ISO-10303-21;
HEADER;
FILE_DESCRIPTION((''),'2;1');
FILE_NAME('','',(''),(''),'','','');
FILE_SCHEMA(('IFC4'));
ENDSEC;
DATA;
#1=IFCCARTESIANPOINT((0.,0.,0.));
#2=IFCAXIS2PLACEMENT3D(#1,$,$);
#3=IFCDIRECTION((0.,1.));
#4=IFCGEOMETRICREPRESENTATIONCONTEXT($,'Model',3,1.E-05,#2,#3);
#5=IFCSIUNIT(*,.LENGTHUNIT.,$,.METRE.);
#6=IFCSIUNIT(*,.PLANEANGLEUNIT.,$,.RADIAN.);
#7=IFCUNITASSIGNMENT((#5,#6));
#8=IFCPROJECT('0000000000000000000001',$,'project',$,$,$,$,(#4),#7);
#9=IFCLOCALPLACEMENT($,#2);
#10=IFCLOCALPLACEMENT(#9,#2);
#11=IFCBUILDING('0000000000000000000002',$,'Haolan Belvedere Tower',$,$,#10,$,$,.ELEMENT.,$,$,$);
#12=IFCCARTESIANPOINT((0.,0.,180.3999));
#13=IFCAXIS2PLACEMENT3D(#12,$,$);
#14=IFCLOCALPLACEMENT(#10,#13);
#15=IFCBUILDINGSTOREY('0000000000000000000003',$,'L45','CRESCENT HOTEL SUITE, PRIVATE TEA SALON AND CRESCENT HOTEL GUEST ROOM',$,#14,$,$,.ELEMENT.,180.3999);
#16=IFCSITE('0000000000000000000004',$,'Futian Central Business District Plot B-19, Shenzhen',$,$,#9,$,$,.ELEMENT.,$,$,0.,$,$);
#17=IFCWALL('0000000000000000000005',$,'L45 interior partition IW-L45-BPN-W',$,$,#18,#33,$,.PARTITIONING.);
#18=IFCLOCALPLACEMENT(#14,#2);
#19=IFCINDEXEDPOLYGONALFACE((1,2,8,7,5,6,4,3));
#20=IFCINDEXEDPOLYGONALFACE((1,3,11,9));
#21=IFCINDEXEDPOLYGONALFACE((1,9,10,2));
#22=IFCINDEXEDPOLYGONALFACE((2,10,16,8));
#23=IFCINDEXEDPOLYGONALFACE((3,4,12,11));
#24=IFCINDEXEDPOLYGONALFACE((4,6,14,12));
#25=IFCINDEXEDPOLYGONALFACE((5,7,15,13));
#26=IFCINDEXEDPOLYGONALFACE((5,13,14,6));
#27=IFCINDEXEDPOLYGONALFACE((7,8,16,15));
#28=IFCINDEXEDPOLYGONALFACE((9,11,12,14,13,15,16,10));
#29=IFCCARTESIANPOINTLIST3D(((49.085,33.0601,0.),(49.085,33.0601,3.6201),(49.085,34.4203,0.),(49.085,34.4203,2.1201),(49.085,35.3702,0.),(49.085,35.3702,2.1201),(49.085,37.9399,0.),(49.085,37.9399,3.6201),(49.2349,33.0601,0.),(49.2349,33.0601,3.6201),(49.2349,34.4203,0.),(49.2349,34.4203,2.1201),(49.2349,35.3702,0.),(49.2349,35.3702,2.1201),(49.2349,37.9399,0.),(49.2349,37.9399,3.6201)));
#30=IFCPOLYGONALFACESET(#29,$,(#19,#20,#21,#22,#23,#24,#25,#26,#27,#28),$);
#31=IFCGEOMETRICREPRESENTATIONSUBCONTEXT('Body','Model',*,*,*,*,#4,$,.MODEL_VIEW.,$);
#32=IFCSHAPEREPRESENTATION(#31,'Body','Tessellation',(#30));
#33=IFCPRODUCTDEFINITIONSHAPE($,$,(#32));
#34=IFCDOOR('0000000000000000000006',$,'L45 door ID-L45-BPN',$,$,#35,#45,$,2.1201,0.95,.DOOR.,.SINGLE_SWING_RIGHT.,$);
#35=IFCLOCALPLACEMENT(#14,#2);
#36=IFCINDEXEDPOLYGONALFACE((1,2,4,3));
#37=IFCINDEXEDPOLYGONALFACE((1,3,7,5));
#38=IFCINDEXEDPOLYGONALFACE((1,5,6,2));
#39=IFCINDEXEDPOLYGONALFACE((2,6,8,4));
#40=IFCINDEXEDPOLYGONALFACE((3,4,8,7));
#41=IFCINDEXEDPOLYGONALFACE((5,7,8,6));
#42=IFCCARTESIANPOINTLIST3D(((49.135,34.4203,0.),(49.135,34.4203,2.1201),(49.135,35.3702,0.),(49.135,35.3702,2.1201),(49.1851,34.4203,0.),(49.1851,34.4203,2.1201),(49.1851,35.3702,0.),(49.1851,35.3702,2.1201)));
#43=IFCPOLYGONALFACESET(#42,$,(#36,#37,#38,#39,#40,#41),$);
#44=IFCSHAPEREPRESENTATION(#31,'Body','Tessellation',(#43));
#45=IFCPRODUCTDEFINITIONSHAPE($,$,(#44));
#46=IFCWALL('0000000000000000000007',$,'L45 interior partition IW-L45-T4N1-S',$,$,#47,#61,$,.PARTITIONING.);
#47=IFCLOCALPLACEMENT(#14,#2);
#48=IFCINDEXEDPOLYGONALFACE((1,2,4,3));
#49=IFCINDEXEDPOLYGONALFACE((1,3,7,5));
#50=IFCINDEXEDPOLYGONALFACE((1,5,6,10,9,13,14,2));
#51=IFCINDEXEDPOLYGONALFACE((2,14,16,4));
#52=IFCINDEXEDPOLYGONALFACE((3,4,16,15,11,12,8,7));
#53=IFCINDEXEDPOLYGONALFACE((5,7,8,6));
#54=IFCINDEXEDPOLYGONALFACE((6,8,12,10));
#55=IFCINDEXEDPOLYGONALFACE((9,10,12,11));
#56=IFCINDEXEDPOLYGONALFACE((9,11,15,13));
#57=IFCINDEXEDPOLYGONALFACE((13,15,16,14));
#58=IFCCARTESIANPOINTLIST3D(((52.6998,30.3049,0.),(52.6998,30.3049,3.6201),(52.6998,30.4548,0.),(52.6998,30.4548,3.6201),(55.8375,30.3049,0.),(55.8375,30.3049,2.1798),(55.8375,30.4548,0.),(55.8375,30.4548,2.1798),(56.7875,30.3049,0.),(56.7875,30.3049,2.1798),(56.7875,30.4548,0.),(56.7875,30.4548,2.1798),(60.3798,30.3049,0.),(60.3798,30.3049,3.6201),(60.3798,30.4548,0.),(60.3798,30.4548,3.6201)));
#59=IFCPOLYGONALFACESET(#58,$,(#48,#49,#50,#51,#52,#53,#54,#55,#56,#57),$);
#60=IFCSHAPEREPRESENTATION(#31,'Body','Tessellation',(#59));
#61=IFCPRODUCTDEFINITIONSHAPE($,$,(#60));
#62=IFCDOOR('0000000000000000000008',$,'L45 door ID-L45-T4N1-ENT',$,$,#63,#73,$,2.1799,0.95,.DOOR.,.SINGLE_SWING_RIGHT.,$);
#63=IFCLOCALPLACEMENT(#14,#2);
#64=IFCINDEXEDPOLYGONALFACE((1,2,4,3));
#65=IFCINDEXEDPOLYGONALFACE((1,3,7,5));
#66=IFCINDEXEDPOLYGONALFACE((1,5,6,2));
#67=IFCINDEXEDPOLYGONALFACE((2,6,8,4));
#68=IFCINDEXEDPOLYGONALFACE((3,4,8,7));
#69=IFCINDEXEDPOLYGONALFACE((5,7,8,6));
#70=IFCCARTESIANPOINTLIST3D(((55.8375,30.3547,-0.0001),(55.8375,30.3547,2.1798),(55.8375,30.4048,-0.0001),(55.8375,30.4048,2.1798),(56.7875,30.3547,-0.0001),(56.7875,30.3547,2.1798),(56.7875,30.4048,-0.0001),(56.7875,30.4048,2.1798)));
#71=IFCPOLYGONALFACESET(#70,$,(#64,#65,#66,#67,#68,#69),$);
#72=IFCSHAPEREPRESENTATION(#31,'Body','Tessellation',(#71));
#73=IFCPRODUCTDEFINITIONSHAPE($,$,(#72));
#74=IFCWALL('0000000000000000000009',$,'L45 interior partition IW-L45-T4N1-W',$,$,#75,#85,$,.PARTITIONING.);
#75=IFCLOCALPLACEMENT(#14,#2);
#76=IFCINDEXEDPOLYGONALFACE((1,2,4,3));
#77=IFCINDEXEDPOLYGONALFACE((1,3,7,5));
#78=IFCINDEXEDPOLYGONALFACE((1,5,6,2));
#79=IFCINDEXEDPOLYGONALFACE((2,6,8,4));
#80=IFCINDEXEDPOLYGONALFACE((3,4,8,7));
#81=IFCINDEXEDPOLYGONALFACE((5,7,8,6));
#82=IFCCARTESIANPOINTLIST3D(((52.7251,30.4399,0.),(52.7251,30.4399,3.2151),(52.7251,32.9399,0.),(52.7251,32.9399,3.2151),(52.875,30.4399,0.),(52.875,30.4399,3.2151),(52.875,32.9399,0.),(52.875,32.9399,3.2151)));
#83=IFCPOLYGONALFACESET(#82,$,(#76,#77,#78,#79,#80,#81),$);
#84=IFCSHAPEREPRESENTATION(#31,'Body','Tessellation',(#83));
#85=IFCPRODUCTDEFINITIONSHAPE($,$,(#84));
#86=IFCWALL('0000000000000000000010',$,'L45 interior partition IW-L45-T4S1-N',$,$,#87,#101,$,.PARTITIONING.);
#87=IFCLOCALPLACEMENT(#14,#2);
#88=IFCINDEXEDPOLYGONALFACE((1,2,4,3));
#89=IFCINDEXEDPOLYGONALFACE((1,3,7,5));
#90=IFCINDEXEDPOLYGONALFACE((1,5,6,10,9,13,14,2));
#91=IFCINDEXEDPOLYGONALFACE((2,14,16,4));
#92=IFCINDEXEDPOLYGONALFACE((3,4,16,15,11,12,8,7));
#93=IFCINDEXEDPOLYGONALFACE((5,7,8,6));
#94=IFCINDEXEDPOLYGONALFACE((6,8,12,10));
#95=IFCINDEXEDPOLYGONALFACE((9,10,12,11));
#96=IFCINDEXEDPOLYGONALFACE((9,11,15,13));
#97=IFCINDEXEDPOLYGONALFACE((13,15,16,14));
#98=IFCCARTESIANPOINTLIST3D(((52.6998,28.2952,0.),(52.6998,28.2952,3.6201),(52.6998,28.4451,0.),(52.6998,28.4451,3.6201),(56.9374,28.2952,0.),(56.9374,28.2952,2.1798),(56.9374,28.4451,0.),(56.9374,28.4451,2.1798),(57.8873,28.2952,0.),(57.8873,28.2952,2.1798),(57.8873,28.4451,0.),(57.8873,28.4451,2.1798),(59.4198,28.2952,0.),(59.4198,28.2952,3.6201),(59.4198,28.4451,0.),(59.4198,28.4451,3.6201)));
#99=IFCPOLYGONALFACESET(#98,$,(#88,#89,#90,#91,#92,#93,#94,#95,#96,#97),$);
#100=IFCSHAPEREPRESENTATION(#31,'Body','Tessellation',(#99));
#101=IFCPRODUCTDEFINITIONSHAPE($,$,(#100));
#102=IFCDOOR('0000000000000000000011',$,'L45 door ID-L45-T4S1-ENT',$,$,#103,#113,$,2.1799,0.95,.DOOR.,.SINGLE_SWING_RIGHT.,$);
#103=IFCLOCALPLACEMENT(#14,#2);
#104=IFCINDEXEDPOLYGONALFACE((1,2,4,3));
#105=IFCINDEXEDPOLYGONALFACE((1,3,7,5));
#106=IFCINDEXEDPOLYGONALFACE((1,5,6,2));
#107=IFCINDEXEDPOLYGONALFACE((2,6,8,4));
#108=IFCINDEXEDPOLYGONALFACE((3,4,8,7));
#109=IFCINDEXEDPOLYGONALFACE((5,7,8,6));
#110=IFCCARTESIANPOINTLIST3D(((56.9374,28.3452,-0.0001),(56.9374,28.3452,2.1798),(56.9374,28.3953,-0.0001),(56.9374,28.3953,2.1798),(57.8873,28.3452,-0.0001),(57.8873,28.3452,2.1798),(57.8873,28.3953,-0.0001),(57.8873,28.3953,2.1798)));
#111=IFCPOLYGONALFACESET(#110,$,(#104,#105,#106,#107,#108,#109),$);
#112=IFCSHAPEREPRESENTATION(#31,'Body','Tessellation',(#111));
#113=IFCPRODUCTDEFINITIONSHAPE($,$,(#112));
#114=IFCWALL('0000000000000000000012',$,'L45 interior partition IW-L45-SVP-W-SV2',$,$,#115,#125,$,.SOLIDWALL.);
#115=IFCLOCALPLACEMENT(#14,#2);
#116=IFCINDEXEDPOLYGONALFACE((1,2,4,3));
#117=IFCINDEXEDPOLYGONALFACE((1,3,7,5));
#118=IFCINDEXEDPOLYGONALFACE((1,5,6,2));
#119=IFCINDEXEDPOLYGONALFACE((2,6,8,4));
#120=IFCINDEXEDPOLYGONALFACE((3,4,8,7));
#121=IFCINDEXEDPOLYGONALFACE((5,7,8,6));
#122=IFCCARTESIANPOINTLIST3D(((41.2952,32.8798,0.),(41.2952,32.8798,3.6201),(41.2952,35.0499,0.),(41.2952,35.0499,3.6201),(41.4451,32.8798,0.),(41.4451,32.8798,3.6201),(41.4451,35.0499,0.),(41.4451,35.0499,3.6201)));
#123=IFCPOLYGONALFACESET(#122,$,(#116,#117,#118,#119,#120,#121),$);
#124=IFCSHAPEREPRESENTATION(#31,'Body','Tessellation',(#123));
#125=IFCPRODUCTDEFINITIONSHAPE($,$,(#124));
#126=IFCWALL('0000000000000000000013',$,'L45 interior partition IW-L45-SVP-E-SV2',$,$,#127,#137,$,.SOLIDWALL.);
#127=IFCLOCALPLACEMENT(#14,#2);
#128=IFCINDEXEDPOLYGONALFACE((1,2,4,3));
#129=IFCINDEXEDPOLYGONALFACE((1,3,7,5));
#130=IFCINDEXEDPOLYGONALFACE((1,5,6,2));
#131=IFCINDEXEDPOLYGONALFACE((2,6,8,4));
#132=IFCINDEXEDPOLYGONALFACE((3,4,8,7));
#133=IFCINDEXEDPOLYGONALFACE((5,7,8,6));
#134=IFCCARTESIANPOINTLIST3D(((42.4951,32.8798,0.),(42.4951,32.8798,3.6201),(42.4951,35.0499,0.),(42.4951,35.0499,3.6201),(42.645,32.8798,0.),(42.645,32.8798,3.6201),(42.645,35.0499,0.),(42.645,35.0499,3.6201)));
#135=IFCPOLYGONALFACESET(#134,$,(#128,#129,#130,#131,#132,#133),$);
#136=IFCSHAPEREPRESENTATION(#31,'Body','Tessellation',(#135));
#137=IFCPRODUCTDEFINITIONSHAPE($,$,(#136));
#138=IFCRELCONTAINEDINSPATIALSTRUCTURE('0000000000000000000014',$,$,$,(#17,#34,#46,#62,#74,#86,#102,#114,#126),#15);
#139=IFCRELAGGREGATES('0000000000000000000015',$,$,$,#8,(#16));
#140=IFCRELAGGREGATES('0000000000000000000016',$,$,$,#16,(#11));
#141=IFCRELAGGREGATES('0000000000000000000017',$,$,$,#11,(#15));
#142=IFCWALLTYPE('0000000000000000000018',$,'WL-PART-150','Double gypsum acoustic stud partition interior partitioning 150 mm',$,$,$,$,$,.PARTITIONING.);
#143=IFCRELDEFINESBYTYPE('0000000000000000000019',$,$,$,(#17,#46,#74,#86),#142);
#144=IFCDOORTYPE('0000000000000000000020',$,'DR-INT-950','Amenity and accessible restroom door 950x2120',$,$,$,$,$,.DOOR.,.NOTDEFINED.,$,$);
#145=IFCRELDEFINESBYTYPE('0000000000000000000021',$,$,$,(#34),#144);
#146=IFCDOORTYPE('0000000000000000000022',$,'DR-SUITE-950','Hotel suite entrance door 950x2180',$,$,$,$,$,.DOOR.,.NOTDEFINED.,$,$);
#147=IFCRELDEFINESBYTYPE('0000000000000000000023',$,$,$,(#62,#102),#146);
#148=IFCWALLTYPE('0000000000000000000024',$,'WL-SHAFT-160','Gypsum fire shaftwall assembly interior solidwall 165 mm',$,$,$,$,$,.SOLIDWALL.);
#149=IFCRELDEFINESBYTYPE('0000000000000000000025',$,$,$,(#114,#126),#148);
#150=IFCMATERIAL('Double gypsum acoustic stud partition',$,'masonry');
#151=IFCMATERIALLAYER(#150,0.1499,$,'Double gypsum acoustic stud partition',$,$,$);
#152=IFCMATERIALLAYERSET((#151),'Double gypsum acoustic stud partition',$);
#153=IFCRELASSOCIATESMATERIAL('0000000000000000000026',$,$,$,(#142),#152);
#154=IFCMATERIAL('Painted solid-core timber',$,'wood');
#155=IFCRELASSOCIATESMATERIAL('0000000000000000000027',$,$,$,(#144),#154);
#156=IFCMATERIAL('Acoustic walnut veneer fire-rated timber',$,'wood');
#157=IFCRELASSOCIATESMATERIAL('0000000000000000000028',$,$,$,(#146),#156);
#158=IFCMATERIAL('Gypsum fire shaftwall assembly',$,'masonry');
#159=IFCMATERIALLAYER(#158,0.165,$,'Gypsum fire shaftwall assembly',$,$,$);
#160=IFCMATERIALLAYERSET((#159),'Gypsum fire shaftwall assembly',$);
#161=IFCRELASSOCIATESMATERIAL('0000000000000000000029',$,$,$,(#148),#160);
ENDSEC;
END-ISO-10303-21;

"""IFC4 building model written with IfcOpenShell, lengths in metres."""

from ifc_helpers import new_model, si_unit, direction, frame, frame_2d, origin, place, context, subcontext, project, spatial, rectangle, extrude, material, layer, layer_set, type_object, element, fill, save


model = new_model("IFC4")

# Units and contexts
model_context = context("Model", 3, precision=1e-05, world=origin(), true_north=direction((0.0, 1.0)))
body_context = subcontext(model_context, "Body", "Model", "MODEL_VIEW")
ifc_project = project(units=[si_unit("LENGTHUNIT", "METRE"), si_unit("PLANEANGLEUNIT", "RADIAN")], contexts=[model_context])

# Site, building, storey
site_placement = place(None, origin())
site = spatial("IfcSite", under=ifc_project, at=site_placement, Name="Futian Central Business District Plot B-19, Shenzhen", CompositionType="ELEMENT", RefElevation=0.0)
building_placement = place(site_placement, origin())
building = spatial("IfcBuilding", under=site, at=building_placement, Name="Haolan Belvedere Tower", CompositionType="ELEMENT")
storey_placement = place(building_placement, frame((0.0, 0.0, 180.3999)))
storey = spatial("IfcBuildingStorey", under=building, at=storey_placement, Name="L45", Description="CRESCENT HOTEL SUITE, PRIVATE TEA SALON AND CRESCENT HOTEL GUEST ROOM", CompositionType="ELEMENT", Elevation=180.3999)

# Shared definitions
ifc_material_1 = material(Name="Double gypsum acoustic stud partition", Category="masonry")
ifc_layer_1 = layer(ifc_material_1, 0.1499, Name="Double gypsum acoustic stud partition")
ifc_layer_set_1 = layer_set([ifc_layer_1], Name="Double gypsum acoustic stud partition")
wall_type_1 = type_object("IfcWallType", Name="WL-PART-150", Description="Double gypsum acoustic stud partition interior partitioning 150 mm", PredefinedType="PARTITIONING", material=ifc_layer_set_1)

# Walls, openings, doors
wall_1_placement = place(storey_placement, frame((49.1599, 33.0601, 0.0), z_axis=(0.0, 0.0, 1.0), x_axis=(0.0, 1.0, 0.0)))
wall_1 = element("IfcWall", 1, at=wall_1_placement, inside=storey, type_object=wall_type_1, Name="L45 interior partition IW-L45-BPN-W", PredefinedType="PARTITIONING", context=body_context, shape_type="SweptSolid", body=[
    extrude(rectangle(XDim=4.8799, YDim=0.1499, at=frame_2d((2.4399, 0.0))), origin(), (0.0, 0.0, 1.0), 3.6201),
])
opening_1_placement = place(wall_1_placement, frame((1.3601, 0.0, 0.0)))
opening_1 = element("IfcOpeningElement", 2, at=opening_1_placement, cuts=wall_1, PredefinedType="OPENING", context=body_context, shape_type="SweptSolid", body=[
    extrude(rectangle(XDim=0.95, YDim=2.1201, at=frame_2d((0.4751, 1.0601))), frame((0.0, 0.085, 0.0), z_axis=(0.0, -1.0, 0.0), x_axis=(1.0, 0.0, 0.0)), (0.0, 0.0, 1.0), 0.1699),
])
ifc_material_2 = material(Name="Painted solid-core timber", Category="wood")
door_type_1 = type_object("IfcDoorType", Name="DR-INT-950", Description="Amenity and accessible restroom door 950x2120", OperationType="NOTDEFINED", PredefinedType="DOOR", material=ifc_material_2)
door_1_placement = place(opening_1_placement, origin())
door_1 = element("IfcDoor", 3, at=door_1_placement, inside=storey, type_object=door_type_1, Name="L45 door ID-L45-BPN", OperationType="SINGLE_SWING_RIGHT", OverallHeight=2.1201, OverallWidth=0.95, PredefinedType="DOOR", context=body_context, shape_type="SweptSolid", body=[
    extrude(rectangle(XDim=0.95, YDim=2.1201, at=frame_2d((0.4751, 1.0601))), frame((0.0, 0.0249, 0.0), z_axis=(0.0, -1.0, 0.0), x_axis=(1.0, 0.0, 0.0)), (0.0, 0.0, 1.0), 0.05),
])
fill(opening_1, door_1)
wall_2_placement = place(storey_placement, frame((52.7, 30.3799, 0.0), z_axis=(0.0, 0.0, 1.0), x_axis=(1.0, 0.0, 0.0)))
wall_2 = element("IfcWall", 4, at=wall_2_placement, inside=storey, type_object=wall_type_1, Name="L45 interior partition IW-L45-T4N1-S", PredefinedType="PARTITIONING", context=body_context, shape_type="SweptSolid", body=[
    extrude(rectangle(XDim=7.6799, YDim=0.1499, at=frame_2d((3.8398, 0.0))), origin(), (0.0, 0.0, 1.0), 3.6201),
])
opening_2_placement = place(wall_2_placement, frame((3.1375, 0.0, 0.0)))
opening_2 = element("IfcOpeningElement", 5, at=opening_2_placement, cuts=wall_2, PredefinedType="OPENING", context=body_context, shape_type="SweptSolid", body=[
    extrude(rectangle(XDim=0.95, YDim=2.1799, at=frame_2d((0.4751, 1.0898))), frame((0.0, 0.085, 0.0), z_axis=(0.0, -1.0, 0.0), x_axis=(1.0, 0.0, 0.0)), (0.0, 0.0, 1.0), 0.1699),
])
ifc_material_3 = material(Name="Acoustic walnut veneer fire-rated timber", Category="wood")
door_type_2 = type_object("IfcDoorType", Name="DR-SUITE-950", Description="Hotel suite entrance door 950x2180", OperationType="NOTDEFINED", PredefinedType="DOOR", material=ifc_material_3)
door_2_placement = place(opening_2_placement, origin())
door_2 = element("IfcDoor", 6, at=door_2_placement, inside=storey, type_object=door_type_2, Name="L45 door ID-L45-T4N1-ENT", OperationType="SINGLE_SWING_RIGHT", OverallHeight=2.1799, OverallWidth=0.95, PredefinedType="DOOR", context=body_context, shape_type="SweptSolid", body=[
    extrude(rectangle(XDim=0.95, YDim=2.1799, at=frame_2d((0.4751, 1.0898))), frame((0.0, 0.0249, 0.0), z_axis=(0.0, -1.0, 0.0), x_axis=(1.0, 0.0, 0.0)), (0.0, 0.0, 1.0), 0.05),
])
fill(opening_2, door_2)

# Wall
wall_3_placement = place(storey_placement, frame((52.8, 30.4399, 0.0), z_axis=(0.0, 0.0, 1.0), x_axis=(0.0, 1.0, 0.0)))
element("IfcWall", 7, at=wall_3_placement, inside=storey, type_object=wall_type_1, Name="L45 interior partition IW-L45-T4N1-W", PredefinedType="PARTITIONING", context=body_context, shape_type="SweptSolid", body=[
    extrude(rectangle(XDim=2.5, YDim=0.1499, at=frame_2d((1.25, 0.0))), origin(), (0.0, 0.0, 1.0), 3.2151),
])

# Wall, opening, door
wall_4_placement = place(storey_placement, frame((52.7, 28.3701, 0.0), z_axis=(0.0, 0.0, 1.0), x_axis=(1.0, 0.0, 0.0)))
wall_4 = element("IfcWall", 8, at=wall_4_placement, inside=storey, type_object=wall_type_1, Name="L45 interior partition IW-L45-T4S1-N", PredefinedType="PARTITIONING", context=body_context, shape_type="SweptSolid", body=[
    extrude(rectangle(XDim=6.72, YDim=0.1499, at=frame_2d((3.3599, 0.0))), origin(), (0.0, 0.0, 1.0), 3.6201),
])
opening_3_placement = place(wall_4_placement, frame((5.1875, 0.0, 0.0), z_axis=(0.0, 0.0, 1.0), x_axis=(-1.0, 0.0, 0.0)))
opening_3 = element("IfcOpeningElement", 9, at=opening_3_placement, cuts=wall_4, PredefinedType="OPENING", context=body_context, shape_type="SweptSolid", body=[
    extrude(rectangle(XDim=0.95, YDim=2.1799, at=frame_2d((0.4751, 1.0898))), frame((0.0, 0.085, 0.0), z_axis=(0.0, -1.0, 0.0), x_axis=(1.0, 0.0, 0.0)), (0.0, 0.0, 1.0), 0.1699),
])
door_3_placement = place(opening_3_placement, origin())
door_3 = element("IfcDoor", 10, at=door_3_placement, inside=storey, type_object=door_type_2, Name="L45 door ID-L45-T4S1-ENT", OperationType="SINGLE_SWING_RIGHT", OverallHeight=2.1799, OverallWidth=0.95, PredefinedType="DOOR", context=body_context, shape_type="SweptSolid", body=[
    extrude(rectangle(XDim=0.95, YDim=2.1799, at=frame_2d((0.4751, 1.0898))), frame((0.0, 0.0249, 0.0), z_axis=(0.0, -1.0, 0.0), x_axis=(1.0, 0.0, 0.0)), (0.0, 0.0, 1.0), 0.05),
])
fill(opening_3, door_3)

# Walls
ifc_material_4 = material(Name="Gypsum fire shaftwall assembly", Category="masonry")
ifc_layer_2 = layer(ifc_material_4, 0.165, Name="Gypsum fire shaftwall assembly")
ifc_layer_set_2 = layer_set([ifc_layer_2], Name="Gypsum fire shaftwall assembly")
wall_type_2 = type_object("IfcWallType", Name="WL-SHAFT-160", Description="Gypsum fire shaftwall assembly interior solidwall 165 mm", PredefinedType="SOLIDWALL", material=ifc_layer_set_2)
for number, where, z_axis, x_axis, name in (
    (11, (41.3701, 32.8799, 0.0), (0.0, 0.0, 1.0), (0.0, 1.0, 0.0), "L45 interior partition IW-L45-SVP-W-SV2"),
    (12, (42.5701, 32.8799, 0.0), (0.0, 0.0, 1.0), (0.0, 1.0, 0.0), "L45 interior partition IW-L45-SVP-E-SV2"),
):
    element("IfcWall", number, at=place(storey_placement, frame(where, z_axis=z_axis, x_axis=x_axis)), inside=storey, type_object=wall_type_2, Name=name, PredefinedType="SOLIDWALL", context=body_context, shape_type="SweptSolid", body=[
        extrude(rectangle(XDim=2.1702, YDim=0.1499, at=frame_2d((1.085, 0.0))), origin(), (0.0, 0.0, 1.0), 3.6201),
    ])

save(model, "model.ifc")
